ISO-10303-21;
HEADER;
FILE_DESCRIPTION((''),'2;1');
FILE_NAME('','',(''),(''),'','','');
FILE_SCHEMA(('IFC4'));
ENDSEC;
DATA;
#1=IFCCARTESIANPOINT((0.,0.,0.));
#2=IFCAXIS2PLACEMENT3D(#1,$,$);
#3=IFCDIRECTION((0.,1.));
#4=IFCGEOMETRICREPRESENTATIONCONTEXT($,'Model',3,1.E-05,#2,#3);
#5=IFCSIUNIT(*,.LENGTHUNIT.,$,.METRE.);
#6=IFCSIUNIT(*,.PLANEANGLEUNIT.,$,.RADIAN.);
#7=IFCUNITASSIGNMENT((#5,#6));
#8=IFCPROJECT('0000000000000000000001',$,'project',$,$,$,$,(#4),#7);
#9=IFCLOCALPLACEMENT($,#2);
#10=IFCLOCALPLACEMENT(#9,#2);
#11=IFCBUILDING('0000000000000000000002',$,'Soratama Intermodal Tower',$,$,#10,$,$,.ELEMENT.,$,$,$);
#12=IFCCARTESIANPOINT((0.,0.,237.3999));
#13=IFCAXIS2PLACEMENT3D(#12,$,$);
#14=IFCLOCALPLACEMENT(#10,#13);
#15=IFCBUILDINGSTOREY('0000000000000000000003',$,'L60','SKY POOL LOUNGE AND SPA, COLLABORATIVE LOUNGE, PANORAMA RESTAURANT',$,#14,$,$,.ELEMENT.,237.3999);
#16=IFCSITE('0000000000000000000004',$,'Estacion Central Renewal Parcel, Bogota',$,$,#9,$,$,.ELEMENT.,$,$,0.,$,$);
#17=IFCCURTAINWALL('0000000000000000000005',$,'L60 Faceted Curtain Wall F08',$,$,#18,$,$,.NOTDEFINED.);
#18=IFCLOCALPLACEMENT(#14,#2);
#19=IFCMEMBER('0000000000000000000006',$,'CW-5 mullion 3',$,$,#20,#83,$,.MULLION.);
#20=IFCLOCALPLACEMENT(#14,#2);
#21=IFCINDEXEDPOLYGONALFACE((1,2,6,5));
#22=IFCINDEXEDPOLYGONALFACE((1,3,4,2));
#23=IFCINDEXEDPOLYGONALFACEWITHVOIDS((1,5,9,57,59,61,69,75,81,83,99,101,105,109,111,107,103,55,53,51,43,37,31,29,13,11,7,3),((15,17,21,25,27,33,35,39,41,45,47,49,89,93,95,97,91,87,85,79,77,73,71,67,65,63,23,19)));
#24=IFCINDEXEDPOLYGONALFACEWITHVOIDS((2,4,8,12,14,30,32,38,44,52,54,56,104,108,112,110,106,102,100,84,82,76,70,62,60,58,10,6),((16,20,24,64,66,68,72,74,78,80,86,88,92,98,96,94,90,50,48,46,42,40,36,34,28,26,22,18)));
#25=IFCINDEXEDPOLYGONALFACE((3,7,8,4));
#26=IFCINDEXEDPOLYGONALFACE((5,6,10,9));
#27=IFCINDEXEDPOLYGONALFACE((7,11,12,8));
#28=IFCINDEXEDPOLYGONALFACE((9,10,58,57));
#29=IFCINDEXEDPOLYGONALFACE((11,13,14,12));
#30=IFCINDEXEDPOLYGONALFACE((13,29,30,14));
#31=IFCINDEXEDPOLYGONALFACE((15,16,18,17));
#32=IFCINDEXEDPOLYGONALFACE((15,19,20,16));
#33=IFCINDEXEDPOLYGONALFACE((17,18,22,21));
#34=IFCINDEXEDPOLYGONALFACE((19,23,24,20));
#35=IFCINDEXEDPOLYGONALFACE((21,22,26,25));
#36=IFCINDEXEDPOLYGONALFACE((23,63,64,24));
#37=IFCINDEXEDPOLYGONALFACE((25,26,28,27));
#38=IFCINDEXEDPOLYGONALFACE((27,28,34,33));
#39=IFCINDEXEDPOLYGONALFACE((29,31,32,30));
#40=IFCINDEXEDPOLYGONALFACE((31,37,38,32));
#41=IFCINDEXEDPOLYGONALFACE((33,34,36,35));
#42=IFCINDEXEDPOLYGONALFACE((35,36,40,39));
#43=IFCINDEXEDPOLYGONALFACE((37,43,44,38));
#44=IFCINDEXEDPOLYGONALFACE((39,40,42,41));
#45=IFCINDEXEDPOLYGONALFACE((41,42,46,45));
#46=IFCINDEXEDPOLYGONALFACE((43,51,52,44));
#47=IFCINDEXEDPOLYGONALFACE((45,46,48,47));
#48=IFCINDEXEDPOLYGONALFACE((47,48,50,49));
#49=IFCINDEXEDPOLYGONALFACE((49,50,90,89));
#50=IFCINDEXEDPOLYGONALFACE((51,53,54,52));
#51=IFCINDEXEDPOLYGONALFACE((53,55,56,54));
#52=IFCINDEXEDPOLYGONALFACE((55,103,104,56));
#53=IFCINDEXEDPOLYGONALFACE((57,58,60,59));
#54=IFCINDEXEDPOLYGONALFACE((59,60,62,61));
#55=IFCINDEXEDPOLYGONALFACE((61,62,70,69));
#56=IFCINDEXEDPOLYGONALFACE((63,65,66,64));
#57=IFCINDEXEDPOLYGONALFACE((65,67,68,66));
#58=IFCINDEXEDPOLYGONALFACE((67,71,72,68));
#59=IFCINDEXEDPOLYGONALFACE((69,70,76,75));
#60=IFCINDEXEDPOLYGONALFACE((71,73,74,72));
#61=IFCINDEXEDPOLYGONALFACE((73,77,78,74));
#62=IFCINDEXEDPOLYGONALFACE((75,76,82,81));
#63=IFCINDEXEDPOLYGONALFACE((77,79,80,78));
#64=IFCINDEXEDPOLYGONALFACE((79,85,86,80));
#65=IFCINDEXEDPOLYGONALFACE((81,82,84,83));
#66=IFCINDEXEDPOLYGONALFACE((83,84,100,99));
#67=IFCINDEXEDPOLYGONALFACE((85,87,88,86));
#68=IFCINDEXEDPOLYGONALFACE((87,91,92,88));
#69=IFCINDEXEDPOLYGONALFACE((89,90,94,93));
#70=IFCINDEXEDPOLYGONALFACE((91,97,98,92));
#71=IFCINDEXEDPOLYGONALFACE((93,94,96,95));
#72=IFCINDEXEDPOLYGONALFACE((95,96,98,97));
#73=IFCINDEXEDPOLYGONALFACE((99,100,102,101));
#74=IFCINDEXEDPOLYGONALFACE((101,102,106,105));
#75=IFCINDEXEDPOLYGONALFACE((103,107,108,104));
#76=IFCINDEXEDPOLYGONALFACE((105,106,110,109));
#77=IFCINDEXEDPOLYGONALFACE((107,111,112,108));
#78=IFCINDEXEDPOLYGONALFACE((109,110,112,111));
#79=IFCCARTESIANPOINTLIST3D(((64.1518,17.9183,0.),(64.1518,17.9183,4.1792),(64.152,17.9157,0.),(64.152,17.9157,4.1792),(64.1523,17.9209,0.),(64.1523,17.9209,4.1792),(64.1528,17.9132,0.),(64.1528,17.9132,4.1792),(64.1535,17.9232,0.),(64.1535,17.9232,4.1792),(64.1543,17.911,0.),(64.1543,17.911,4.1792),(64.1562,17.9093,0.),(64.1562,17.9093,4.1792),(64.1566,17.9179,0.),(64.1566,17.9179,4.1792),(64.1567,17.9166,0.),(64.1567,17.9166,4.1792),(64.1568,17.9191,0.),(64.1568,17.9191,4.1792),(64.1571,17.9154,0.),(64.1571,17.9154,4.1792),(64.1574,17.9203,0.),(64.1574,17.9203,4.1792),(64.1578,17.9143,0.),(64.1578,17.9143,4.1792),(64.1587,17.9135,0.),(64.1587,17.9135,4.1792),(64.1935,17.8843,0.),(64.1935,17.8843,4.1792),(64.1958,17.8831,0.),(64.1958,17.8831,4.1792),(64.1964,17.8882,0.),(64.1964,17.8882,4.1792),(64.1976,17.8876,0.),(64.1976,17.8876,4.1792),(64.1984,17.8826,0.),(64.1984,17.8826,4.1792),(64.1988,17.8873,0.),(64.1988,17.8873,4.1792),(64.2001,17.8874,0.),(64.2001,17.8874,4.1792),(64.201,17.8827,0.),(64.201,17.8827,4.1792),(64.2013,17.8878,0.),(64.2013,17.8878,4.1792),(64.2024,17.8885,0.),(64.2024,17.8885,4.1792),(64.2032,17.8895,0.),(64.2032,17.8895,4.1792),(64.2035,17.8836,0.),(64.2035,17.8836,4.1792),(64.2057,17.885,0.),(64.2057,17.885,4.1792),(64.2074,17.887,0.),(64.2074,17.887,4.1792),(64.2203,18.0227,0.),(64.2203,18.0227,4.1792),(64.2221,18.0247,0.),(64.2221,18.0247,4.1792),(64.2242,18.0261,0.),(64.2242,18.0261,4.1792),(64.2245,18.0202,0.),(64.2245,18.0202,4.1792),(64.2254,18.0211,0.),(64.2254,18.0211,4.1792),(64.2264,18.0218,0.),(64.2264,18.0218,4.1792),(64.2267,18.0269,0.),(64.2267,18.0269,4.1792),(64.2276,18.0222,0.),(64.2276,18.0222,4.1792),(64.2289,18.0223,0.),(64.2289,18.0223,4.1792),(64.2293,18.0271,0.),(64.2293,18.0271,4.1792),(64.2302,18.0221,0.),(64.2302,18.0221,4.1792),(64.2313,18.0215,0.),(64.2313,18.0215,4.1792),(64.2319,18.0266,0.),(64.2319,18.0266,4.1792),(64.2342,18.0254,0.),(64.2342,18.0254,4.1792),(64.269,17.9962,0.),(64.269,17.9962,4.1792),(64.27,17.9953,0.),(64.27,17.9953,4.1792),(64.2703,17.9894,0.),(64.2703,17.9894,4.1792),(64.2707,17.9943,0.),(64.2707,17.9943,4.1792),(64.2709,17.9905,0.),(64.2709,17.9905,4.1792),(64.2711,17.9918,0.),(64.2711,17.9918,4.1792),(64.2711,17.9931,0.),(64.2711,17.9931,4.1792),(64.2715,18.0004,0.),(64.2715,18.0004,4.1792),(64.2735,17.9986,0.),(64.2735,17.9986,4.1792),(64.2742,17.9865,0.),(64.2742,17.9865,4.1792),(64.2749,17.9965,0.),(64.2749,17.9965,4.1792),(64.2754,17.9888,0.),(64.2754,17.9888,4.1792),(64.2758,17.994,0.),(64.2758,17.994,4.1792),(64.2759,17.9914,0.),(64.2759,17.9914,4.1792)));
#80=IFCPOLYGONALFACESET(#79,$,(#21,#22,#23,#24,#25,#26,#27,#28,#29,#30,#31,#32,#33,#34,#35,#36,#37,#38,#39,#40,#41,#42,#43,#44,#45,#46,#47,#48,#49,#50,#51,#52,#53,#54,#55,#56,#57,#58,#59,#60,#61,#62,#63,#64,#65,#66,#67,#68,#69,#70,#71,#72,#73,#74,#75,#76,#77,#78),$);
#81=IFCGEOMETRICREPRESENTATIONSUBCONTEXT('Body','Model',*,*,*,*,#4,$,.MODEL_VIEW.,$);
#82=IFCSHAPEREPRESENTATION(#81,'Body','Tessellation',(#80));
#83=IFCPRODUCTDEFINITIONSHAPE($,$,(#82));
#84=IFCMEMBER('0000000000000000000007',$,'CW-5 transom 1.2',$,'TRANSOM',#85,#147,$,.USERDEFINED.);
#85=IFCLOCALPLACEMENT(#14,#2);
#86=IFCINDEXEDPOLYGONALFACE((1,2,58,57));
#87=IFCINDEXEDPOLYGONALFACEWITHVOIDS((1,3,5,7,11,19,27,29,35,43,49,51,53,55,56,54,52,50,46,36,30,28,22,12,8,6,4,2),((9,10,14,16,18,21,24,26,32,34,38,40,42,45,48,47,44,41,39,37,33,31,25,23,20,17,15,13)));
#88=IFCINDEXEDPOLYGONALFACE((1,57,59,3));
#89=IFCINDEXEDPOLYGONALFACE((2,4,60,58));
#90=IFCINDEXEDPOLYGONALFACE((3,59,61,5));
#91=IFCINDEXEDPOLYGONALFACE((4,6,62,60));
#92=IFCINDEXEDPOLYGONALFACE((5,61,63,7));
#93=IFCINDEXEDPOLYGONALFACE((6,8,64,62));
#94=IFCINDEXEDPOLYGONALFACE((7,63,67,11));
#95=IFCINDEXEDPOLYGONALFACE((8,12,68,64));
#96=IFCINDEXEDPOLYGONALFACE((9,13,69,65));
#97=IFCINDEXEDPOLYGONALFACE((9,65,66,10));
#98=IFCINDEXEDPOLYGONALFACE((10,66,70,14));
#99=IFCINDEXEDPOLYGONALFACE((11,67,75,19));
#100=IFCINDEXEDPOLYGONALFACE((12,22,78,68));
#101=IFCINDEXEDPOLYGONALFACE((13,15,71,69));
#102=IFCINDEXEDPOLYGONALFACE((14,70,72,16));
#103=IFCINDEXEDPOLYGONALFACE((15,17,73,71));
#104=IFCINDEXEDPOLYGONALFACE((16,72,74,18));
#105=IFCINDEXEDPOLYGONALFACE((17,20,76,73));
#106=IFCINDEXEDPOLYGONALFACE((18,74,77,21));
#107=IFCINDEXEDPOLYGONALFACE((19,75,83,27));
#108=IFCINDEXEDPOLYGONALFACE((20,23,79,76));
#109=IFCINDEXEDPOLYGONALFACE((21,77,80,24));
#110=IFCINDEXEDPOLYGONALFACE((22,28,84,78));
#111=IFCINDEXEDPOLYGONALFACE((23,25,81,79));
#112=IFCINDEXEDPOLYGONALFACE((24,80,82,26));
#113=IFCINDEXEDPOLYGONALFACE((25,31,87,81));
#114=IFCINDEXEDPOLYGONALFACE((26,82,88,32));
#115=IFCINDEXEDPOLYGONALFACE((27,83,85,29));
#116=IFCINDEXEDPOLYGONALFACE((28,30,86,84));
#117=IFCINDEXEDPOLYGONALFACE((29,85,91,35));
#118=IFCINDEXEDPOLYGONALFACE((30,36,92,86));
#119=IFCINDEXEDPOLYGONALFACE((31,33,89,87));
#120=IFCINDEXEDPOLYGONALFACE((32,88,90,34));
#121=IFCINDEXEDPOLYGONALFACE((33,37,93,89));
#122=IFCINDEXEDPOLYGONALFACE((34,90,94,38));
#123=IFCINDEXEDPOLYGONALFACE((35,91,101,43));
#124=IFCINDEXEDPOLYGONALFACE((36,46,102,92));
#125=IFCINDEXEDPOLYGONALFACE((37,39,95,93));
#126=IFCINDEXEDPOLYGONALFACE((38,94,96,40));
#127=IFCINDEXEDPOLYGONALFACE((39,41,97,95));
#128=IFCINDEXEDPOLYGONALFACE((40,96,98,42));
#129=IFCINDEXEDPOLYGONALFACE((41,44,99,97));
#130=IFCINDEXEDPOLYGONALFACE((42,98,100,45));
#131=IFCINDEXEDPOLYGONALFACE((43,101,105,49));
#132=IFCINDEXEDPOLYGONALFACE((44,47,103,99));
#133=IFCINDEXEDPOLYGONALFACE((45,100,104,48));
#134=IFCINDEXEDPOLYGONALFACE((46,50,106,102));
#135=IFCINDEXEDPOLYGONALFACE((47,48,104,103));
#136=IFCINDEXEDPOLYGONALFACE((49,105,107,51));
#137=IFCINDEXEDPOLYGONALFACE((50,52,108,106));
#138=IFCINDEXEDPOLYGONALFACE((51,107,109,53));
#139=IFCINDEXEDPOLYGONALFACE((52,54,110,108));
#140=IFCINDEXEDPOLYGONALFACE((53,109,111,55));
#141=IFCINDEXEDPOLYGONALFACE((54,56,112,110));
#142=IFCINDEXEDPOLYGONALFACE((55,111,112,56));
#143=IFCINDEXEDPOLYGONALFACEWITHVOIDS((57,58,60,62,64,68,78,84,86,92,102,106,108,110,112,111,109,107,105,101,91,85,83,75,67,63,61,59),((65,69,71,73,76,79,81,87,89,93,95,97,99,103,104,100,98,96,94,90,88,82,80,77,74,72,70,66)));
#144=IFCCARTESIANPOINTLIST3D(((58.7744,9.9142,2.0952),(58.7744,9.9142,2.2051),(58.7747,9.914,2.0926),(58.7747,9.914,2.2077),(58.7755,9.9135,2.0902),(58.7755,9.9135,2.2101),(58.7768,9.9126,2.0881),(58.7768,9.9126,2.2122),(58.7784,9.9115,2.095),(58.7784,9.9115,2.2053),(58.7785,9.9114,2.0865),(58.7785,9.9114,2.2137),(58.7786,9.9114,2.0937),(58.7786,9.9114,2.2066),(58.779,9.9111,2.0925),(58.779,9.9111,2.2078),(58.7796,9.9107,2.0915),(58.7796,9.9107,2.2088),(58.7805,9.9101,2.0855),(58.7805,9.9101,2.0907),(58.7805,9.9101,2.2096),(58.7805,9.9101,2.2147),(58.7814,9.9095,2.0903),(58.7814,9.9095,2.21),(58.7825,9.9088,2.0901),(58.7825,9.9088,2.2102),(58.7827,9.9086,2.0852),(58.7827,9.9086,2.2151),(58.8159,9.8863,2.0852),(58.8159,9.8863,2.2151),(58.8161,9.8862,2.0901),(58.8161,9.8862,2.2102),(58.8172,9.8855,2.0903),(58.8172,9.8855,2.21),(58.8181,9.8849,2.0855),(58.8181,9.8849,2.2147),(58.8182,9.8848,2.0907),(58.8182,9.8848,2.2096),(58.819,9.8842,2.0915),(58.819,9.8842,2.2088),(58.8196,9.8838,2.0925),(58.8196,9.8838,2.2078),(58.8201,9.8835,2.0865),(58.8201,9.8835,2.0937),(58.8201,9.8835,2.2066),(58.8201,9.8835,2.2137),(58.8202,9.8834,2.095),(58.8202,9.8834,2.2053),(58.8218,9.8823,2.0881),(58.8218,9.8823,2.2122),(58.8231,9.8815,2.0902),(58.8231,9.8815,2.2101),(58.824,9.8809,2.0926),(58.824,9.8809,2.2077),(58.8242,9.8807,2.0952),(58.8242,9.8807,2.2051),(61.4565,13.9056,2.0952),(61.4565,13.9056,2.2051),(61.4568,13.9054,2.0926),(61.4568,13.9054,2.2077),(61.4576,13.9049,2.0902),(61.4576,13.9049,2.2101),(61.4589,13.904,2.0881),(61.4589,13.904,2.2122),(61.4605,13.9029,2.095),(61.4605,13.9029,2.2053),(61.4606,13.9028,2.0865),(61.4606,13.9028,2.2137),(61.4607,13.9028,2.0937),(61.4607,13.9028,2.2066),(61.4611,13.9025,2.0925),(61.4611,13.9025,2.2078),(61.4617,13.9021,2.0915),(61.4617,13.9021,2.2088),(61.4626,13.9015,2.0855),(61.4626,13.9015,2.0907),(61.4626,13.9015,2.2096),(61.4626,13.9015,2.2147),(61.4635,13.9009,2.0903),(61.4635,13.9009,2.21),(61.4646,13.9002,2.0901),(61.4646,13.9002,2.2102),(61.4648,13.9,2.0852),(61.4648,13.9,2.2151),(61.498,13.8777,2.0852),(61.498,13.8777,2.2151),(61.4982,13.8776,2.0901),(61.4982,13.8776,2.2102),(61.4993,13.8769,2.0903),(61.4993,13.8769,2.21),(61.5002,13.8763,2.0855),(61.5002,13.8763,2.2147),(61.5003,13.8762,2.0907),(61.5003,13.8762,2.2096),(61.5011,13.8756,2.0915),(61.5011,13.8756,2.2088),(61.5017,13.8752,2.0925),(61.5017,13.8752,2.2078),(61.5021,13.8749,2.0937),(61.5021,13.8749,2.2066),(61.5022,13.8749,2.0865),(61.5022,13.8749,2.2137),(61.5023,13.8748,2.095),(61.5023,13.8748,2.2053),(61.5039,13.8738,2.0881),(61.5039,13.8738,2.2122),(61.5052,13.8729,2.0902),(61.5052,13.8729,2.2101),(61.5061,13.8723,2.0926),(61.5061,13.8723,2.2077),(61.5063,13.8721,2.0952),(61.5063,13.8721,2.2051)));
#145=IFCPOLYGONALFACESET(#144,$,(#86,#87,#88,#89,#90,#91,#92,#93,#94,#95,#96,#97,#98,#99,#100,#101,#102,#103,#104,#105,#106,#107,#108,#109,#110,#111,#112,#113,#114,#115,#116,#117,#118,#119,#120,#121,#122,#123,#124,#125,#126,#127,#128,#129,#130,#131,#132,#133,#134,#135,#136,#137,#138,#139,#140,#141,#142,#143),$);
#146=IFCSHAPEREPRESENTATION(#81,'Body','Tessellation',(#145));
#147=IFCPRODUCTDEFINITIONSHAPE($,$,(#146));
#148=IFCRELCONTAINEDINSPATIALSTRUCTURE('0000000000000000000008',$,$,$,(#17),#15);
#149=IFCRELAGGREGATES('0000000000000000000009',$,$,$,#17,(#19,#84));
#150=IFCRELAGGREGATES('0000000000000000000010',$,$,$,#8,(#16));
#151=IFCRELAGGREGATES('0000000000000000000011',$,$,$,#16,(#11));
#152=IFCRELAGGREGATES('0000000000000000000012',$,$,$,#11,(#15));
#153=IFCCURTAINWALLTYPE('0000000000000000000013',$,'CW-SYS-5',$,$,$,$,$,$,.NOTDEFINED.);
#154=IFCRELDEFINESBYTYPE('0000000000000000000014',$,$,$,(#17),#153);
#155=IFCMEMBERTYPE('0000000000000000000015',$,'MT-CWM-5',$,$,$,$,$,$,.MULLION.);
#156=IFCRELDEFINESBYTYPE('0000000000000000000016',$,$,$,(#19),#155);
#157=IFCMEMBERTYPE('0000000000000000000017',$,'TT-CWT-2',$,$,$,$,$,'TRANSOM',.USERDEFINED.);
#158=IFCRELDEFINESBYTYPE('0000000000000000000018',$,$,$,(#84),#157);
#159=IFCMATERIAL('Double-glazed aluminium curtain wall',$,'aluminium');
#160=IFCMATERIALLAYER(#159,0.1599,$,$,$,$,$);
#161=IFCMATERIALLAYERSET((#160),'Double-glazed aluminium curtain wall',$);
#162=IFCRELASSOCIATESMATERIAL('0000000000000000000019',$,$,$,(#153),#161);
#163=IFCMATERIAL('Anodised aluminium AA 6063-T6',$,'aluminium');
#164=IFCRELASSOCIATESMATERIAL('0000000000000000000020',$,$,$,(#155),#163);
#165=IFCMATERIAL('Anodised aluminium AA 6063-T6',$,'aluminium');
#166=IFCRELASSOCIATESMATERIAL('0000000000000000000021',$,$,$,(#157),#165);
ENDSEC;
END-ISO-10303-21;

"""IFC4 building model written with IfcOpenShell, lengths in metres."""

from ifc_helpers import new_model, si_unit, direction, frame, origin, origin_2d, place, context, subcontext, project, spatial, hollow_rectangle, extrude, material, layer, layer_set, material_profile, profile_set, type_object, element, aggregate, save


model = new_model("IFC4")

# Units and contexts
model_context = context("Model", 3, precision=1e-05, world=origin(), true_north=direction((0.0, 1.0)))
body_context = subcontext(model_context, "Body", "Model", "MODEL_VIEW")
ifc_project = project(units=[si_unit("LENGTHUNIT", "METRE"), si_unit("PLANEANGLEUNIT", "RADIAN")], contexts=[model_context])

# Site, building, storey
site_placement = place(None, origin())
site = spatial("IfcSite", under=ifc_project, at=site_placement, Name="Estacion Central Renewal Parcel, Bogota", CompositionType="ELEMENT", RefElevation=0.0)
building_placement = place(site_placement, origin())
building = spatial("IfcBuilding", under=site, at=building_placement, Name="Soratama Intermodal Tower", CompositionType="ELEMENT")
storey_placement = place(building_placement, frame((0.0, 0.0, 237.3999)))
storey = spatial("IfcBuildingStorey", under=building, at=storey_placement, Name="L60", Description="SKY POOL LOUNGE AND SPA, COLLABORATIVE LOUNGE, PANORAMA RESTAURANT", CompositionType="ELEMENT", Elevation=237.3999)

# Curtain wall, members
ifc_material_1 = material(Name="Double-glazed aluminium curtain wall", Category="aluminium")
ifc_layer_1 = layer(ifc_material_1, 0.1599)
ifc_layer_set_1 = layer_set([ifc_layer_1], Name="Double-glazed aluminium curtain wall")
curtain_wall_type = type_object("IfcCurtainWallType", Name="CW-SYS-5", PredefinedType="NOTDEFINED", material=ifc_layer_set_1)
curtain_wall_placement = place(storey_placement, origin())
curtain_wall = element("IfcCurtainWall", 1, at=curtain_wall_placement, inside=storey, type_object=curtain_wall_type, Name="L60 Faceted Curtain Wall F08", PredefinedType="NOTDEFINED")
ifc_material_2 = material(Name="Anodised aluminium AA 6063-T6", Category="aluminium")
ifc_material_profile_1 = material_profile(ifc_material_2, hollow_rectangle(XDim=0.0649, YDim=0.1399, WallThickness=0.0049, InnerFilletRadius=0.0049, OuterFilletRadius=0.01, at=origin_2d()), Name="CWM140X65X5")
ifc_profile_set_1 = profile_set([ifc_material_profile_1], Name="Anodised aluminium AA 6063-T6")
member_type_1 = type_object("IfcMemberType", Name="MT-CWM-5", PredefinedType="MULLION", material=ifc_profile_set_1)
member_1_placement = place(storey_placement, frame((64.2139, 17.9548, 0.0), z_axis=(0.0, 0.0, 1.0), x_axis=(-0.830013, 0.557744, 0.0)))
member_1 = element("IfcMember", 2, at=member_1_placement, type_object=member_type_1, Name="CW-5 mullion 3", PredefinedType="MULLION", context=body_context, shape_type="SweptSolid", body=[
    extrude(hollow_rectangle(XDim=0.0649, YDim=0.1399, WallThickness=0.0049, InnerFilletRadius=0.0049, OuterFilletRadius=0.01, at=origin_2d()), origin(), (0.0, 0.0, 1.0), 4.1792),
])
ifc_material_3 = material(Name="Anodised aluminium AA 6063-T6", Category="aluminium")
ifc_material_profile_2 = material_profile(ifc_material_3, hollow_rectangle(XDim=0.0601, YDim=0.1299, WallThickness=0.0049, InnerFilletRadius=0.0049, OuterFilletRadius=0.01, at=origin_2d()), Name="CWT130X60X5")
ifc_profile_set_2 = profile_set([ifc_material_profile_2], Name="Anodised aluminium AA 6063-T6")
member_type_2 = type_object("IfcMemberType", Name="TT-CWT-2", ElementType="TRANSOM", PredefinedType="USERDEFINED", material=ifc_profile_set_2)
member_2_placement = place(storey_placement, frame((58.7993, 9.8975, 2.1501), z_axis=(0.557743, 0.830014, 0.0), x_axis=(-0.830014, 0.557743, 0.0)))
member_2 = element("IfcMember", 3, at=member_2_placement, type_object=member_type_2, Name="CW-5 transom 1.2", ObjectType="TRANSOM", PredefinedType="USERDEFINED", context=body_context, shape_type="SweptSolid", body=[
    extrude(hollow_rectangle(XDim=0.0601, YDim=0.1299, WallThickness=0.0049, InnerFilletRadius=0.0049, OuterFilletRadius=0.01, at=origin_2d()), origin(), (0.0, 0.0, 1.0), 4.8088),
])
aggregate(curtain_wall, [member_1, member_2])

save(model, "model.ifc")
